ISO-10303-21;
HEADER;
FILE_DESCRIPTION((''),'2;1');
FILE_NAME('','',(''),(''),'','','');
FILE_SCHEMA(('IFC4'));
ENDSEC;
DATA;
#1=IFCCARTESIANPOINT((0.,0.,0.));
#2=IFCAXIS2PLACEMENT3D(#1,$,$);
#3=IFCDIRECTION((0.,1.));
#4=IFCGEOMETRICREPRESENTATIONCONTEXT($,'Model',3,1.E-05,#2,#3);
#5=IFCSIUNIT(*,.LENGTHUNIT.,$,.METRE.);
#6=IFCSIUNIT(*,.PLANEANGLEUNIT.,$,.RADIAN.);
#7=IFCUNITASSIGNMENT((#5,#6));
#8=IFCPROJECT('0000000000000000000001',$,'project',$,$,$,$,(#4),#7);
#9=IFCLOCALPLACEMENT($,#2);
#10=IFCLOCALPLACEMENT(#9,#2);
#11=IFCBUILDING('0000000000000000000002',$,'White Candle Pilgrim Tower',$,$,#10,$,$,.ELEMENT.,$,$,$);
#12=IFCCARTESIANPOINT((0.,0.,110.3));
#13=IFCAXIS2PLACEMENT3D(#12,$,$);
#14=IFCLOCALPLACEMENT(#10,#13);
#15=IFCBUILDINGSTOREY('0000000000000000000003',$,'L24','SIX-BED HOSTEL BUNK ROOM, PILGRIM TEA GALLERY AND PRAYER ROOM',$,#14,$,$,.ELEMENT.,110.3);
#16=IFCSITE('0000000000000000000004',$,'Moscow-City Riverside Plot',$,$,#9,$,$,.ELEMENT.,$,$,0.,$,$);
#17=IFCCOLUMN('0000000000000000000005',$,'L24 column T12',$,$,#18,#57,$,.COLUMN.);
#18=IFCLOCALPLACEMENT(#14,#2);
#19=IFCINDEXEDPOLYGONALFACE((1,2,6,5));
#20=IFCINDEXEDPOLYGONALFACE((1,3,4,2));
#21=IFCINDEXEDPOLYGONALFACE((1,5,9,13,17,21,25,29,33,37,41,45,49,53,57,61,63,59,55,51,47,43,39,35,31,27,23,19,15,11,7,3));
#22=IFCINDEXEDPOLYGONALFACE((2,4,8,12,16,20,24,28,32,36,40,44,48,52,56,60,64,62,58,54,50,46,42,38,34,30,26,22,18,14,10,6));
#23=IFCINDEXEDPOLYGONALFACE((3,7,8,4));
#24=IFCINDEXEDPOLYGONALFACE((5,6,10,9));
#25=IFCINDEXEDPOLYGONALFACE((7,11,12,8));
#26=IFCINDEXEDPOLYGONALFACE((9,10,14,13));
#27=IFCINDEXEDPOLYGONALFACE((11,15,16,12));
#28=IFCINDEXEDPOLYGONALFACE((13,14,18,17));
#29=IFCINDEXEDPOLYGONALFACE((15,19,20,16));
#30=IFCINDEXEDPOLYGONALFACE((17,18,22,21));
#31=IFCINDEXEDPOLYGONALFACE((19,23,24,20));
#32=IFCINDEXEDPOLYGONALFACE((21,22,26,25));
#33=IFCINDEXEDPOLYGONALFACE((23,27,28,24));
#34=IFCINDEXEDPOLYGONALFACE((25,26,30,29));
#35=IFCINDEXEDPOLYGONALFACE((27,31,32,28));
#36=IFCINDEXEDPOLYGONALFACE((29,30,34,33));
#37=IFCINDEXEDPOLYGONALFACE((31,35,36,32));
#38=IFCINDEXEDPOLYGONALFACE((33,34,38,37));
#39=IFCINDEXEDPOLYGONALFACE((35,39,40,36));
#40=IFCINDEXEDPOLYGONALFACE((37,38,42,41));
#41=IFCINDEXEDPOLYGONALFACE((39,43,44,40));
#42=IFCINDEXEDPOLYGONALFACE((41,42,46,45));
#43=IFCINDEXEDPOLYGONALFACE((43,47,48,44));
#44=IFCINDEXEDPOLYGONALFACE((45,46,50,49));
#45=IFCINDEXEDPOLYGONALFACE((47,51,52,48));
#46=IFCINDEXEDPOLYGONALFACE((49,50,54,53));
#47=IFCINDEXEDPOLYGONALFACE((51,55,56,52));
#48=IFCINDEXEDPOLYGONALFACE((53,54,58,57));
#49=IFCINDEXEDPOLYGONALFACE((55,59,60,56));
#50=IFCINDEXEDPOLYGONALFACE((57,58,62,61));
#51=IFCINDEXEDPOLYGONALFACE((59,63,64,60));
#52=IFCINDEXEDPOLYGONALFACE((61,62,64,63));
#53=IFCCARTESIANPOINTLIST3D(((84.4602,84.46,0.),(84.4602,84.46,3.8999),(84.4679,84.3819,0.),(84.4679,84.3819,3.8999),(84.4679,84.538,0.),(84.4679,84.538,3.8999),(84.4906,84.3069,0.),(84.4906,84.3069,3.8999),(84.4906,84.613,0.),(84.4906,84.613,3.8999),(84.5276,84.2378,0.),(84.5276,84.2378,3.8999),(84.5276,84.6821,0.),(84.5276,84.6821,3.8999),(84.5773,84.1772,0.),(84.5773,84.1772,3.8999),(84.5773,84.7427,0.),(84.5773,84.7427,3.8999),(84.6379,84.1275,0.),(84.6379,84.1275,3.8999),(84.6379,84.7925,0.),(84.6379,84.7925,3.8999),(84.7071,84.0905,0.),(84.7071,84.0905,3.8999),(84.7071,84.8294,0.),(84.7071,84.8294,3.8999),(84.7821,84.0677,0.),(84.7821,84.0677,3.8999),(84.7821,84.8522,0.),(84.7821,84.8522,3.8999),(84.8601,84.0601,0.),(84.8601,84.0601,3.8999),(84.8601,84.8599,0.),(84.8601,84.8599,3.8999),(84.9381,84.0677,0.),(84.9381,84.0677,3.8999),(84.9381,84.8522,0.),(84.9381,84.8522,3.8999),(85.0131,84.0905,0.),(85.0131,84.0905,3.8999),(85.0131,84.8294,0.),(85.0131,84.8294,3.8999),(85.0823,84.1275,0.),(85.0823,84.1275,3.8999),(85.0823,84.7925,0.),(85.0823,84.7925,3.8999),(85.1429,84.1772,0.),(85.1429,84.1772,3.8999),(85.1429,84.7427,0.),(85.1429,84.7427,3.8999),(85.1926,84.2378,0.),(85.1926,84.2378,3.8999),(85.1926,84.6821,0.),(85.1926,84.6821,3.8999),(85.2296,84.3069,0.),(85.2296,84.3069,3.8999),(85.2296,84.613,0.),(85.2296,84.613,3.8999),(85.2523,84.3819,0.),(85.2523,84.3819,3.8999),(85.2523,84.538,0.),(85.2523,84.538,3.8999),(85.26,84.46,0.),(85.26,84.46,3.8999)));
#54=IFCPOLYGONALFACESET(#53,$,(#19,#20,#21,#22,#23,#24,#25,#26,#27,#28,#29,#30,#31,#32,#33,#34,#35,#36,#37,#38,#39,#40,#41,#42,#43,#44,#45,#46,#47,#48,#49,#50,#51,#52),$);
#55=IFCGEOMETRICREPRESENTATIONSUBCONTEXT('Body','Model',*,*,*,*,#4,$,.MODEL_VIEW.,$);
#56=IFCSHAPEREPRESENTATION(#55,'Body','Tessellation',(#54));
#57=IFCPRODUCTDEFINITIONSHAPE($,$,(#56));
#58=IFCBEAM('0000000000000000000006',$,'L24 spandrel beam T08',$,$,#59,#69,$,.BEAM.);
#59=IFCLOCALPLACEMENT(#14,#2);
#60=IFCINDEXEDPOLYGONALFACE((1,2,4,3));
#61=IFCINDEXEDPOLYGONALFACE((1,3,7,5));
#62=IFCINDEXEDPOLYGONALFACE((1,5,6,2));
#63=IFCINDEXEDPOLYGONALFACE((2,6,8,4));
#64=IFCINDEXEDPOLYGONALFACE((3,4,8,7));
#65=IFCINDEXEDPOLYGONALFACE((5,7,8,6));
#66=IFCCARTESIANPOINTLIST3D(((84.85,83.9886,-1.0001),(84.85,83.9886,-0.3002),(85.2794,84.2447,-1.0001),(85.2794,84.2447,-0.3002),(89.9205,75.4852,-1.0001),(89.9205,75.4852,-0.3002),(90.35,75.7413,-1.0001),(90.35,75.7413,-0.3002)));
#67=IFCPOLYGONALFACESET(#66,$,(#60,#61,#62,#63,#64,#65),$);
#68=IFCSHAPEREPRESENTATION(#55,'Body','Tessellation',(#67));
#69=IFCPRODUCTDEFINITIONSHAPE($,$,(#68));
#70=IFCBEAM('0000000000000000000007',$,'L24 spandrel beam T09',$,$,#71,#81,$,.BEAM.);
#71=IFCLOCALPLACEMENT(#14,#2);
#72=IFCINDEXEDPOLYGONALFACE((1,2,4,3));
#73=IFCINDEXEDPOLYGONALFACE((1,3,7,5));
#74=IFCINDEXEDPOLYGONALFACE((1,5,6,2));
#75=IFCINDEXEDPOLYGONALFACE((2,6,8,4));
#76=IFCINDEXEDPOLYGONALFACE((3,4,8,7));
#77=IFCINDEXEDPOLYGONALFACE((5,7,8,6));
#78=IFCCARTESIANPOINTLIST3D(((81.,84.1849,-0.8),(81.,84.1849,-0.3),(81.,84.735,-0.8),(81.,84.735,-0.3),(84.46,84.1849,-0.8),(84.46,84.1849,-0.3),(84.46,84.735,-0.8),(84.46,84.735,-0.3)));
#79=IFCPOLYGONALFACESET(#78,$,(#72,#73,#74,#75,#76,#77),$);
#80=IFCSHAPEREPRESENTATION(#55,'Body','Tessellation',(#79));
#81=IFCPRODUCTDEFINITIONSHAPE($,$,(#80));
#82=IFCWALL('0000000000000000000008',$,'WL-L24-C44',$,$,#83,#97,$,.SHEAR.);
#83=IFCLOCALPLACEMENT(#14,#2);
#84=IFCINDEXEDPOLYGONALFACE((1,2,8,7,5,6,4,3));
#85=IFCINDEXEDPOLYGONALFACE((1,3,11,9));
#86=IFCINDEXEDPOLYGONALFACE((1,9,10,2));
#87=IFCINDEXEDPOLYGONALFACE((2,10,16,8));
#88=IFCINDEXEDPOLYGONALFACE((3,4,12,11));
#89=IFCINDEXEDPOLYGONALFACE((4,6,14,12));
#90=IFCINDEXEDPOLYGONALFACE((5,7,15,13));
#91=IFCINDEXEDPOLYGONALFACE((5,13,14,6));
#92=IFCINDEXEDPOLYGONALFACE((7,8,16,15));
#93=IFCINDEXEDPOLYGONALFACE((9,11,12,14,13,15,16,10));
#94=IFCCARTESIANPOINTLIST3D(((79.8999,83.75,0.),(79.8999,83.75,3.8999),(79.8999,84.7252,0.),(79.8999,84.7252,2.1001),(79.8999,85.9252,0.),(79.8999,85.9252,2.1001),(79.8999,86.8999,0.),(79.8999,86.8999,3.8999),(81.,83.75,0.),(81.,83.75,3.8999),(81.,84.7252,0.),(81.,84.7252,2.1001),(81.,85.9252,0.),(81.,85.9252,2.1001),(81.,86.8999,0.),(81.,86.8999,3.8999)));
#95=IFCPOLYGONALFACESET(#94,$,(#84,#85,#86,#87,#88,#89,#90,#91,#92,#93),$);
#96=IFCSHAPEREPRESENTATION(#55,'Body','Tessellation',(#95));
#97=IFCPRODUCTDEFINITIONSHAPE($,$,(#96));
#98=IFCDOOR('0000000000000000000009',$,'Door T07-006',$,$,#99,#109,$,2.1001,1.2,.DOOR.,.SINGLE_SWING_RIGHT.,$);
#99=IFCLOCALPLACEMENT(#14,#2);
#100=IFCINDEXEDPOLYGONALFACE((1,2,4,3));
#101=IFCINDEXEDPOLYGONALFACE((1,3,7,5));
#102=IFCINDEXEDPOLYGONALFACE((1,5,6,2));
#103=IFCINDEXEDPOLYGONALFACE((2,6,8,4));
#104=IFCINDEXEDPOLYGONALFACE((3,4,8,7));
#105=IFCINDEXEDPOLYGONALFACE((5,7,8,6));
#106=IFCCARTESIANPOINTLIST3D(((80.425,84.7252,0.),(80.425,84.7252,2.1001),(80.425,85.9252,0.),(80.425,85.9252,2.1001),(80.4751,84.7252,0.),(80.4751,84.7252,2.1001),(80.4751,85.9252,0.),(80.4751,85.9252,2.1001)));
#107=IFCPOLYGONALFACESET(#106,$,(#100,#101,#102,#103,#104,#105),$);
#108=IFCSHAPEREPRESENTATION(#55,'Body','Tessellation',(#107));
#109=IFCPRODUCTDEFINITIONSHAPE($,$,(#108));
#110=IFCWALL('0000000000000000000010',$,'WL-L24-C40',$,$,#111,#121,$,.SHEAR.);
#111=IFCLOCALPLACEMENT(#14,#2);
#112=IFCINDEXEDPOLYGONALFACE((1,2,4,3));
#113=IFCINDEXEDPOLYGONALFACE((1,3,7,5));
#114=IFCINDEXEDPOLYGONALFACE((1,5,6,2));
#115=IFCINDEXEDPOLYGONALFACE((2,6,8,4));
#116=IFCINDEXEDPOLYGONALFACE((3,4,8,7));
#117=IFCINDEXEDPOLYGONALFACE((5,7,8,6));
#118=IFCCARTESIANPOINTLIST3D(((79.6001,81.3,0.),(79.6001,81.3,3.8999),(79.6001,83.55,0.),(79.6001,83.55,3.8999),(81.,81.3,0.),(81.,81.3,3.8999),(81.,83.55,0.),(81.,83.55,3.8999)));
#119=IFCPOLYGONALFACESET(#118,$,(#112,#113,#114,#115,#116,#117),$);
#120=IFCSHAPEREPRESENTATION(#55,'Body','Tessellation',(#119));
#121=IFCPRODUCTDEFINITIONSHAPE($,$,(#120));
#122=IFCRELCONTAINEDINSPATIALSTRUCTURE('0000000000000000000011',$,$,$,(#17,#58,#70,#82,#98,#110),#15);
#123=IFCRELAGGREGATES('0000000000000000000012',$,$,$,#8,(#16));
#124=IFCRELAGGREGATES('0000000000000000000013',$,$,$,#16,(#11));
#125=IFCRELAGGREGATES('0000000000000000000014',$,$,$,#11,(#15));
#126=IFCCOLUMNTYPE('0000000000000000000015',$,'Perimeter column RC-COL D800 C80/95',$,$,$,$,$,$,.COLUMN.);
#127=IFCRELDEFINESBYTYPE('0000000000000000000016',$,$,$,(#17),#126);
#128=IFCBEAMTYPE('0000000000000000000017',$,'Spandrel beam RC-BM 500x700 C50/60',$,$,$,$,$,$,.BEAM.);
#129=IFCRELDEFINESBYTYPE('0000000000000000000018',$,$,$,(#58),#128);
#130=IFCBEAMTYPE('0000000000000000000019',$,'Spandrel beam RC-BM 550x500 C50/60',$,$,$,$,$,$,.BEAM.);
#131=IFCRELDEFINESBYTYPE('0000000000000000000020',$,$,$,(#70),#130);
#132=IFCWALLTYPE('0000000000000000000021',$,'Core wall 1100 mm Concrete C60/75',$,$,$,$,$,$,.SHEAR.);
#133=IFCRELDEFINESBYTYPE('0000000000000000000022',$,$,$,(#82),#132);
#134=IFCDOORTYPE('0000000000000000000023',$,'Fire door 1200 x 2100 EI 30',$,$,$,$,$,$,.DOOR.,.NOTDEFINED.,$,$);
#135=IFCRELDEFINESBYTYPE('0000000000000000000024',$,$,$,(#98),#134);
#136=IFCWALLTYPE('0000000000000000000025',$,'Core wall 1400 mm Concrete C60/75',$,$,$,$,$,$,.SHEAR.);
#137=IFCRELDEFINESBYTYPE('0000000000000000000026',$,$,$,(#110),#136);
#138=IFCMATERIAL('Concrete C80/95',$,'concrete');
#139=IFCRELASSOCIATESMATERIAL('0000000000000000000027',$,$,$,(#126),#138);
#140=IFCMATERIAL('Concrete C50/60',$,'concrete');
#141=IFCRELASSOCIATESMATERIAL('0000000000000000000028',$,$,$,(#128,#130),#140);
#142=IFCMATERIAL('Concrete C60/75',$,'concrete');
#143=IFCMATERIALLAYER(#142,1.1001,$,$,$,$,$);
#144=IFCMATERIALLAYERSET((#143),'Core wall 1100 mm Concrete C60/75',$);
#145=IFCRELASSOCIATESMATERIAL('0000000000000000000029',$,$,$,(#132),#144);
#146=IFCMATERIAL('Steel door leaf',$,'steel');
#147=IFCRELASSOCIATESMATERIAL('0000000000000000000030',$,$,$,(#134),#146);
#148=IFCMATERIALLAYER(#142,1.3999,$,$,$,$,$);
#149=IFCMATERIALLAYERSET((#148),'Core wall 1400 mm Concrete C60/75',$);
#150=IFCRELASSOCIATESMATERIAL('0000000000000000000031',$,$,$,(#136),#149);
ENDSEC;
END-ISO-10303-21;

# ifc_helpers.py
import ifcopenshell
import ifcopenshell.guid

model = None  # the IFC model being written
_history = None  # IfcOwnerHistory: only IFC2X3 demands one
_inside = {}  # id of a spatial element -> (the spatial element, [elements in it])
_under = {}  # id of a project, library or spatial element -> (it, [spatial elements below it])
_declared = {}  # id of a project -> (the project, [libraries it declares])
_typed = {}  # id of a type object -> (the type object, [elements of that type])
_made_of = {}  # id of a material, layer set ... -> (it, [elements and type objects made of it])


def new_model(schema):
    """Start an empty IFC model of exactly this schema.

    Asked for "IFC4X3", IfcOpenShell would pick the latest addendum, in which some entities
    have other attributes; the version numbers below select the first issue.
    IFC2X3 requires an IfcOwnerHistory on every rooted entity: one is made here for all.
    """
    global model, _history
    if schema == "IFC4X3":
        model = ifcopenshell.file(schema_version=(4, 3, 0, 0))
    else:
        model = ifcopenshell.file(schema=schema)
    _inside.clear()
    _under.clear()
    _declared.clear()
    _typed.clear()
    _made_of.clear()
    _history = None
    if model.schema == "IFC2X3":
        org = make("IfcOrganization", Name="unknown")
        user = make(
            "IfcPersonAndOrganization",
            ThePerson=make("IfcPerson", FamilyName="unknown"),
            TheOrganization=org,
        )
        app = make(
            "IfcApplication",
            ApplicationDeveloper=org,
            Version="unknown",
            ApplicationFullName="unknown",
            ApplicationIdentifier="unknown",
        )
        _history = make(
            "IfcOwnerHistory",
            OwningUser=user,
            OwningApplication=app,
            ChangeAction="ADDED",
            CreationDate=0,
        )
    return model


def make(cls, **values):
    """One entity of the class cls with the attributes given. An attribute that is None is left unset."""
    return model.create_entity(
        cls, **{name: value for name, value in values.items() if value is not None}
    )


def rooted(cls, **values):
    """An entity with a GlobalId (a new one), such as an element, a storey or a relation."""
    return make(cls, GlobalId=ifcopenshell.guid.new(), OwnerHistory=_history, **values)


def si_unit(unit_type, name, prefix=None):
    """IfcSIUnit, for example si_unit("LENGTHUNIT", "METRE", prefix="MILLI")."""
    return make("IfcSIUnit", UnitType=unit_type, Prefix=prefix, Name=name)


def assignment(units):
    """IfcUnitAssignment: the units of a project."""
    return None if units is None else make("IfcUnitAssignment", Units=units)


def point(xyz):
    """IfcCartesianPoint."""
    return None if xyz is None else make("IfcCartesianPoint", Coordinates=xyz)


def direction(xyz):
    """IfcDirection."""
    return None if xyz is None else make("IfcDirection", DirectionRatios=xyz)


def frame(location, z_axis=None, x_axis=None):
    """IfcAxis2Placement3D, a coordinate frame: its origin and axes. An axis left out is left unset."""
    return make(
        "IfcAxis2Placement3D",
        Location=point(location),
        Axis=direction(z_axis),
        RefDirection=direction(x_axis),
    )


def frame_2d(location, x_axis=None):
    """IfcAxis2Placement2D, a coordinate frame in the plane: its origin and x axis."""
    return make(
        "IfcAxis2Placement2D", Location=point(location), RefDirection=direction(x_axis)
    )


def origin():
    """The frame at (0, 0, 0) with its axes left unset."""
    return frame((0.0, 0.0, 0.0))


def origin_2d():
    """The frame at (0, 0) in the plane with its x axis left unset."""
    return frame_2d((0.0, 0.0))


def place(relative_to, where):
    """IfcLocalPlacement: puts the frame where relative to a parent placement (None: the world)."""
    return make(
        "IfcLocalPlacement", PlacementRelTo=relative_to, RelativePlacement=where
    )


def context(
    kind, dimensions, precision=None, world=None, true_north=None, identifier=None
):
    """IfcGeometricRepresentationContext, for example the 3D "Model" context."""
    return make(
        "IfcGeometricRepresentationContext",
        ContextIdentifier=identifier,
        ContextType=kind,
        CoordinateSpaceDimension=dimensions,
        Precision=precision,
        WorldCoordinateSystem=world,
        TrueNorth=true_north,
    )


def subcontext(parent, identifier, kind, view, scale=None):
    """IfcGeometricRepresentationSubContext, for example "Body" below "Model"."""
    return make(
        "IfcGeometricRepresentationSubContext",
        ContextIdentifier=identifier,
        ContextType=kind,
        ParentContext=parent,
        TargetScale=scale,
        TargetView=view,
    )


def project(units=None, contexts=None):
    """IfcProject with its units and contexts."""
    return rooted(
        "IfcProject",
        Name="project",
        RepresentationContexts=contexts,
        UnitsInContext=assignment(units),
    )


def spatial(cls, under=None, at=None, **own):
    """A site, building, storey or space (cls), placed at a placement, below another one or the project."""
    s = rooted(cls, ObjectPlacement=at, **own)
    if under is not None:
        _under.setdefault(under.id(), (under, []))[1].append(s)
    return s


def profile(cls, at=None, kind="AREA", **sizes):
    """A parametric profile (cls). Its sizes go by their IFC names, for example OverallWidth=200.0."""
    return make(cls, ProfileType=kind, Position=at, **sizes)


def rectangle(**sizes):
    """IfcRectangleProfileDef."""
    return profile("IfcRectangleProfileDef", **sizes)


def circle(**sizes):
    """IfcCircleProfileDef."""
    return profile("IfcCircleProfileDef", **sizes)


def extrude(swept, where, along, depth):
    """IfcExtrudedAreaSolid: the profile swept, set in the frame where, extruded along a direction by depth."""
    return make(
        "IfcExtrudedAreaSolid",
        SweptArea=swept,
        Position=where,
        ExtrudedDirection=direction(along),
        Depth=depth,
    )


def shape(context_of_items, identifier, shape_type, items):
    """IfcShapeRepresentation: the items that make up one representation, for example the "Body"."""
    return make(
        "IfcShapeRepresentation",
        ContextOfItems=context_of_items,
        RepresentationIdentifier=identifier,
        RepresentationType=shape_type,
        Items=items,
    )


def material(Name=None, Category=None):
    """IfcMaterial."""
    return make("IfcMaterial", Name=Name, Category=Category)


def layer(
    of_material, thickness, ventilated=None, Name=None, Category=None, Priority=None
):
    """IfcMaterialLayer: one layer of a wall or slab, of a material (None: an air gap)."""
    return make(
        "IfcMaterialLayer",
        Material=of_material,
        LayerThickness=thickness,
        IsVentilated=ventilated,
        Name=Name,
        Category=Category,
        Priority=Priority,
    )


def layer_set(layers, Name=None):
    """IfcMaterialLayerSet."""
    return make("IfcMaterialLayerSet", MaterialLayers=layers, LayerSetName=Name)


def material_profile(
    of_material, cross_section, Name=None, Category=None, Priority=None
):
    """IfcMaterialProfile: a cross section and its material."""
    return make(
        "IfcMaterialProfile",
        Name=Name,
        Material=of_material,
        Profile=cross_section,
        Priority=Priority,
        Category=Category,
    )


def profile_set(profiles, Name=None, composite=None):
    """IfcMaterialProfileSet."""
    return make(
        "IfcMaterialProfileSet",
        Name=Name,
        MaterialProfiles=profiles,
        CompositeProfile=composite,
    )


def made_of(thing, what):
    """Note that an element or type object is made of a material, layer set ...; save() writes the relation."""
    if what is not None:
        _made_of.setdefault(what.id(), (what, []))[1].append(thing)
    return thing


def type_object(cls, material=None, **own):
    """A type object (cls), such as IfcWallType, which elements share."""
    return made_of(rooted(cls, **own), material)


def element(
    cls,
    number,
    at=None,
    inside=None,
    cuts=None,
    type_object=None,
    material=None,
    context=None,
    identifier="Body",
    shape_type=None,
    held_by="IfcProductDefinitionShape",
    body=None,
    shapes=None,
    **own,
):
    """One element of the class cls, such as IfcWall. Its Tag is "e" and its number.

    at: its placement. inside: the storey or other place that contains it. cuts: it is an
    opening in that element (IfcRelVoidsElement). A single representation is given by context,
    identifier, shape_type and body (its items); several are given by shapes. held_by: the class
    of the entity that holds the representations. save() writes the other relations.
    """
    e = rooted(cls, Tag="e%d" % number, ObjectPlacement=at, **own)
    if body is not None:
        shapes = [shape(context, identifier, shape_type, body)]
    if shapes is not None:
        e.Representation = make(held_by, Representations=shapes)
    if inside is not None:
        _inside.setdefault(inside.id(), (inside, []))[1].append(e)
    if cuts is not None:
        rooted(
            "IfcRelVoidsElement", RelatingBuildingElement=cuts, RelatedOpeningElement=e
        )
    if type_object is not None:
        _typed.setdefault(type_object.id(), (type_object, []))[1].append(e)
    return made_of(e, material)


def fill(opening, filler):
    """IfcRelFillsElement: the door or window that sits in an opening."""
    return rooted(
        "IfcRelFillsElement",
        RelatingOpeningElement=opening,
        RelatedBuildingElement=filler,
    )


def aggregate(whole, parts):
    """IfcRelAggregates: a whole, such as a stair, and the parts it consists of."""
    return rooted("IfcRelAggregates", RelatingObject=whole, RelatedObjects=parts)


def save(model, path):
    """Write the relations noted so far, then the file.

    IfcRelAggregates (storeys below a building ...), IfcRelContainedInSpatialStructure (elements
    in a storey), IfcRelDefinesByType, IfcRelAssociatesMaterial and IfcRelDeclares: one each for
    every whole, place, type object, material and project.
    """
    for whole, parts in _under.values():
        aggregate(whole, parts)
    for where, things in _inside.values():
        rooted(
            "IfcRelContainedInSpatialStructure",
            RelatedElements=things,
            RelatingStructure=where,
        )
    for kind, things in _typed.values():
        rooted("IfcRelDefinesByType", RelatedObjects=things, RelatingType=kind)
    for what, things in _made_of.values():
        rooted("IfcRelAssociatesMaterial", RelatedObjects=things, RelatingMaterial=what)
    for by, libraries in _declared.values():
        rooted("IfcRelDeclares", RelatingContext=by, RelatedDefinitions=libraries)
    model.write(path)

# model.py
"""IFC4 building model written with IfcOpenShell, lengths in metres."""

from ifc_helpers import new_model, si_unit, direction, frame, frame_2d, origin, origin_2d, place, context, subcontext, project, spatial, rectangle, circle, extrude, material, layer, layer_set, material_profile, profile_set, type_object, element, fill, save


model = new_model("IFC4")

# Units and contexts
model_context = context("Model", 3, precision=1e-05, world=origin(), true_north=direction((0.0, 1.0)))
body_context = subcontext(model_context, "Body", "Model", "MODEL_VIEW")
ifc_project = project(units=[si_unit("LENGTHUNIT", "METRE"), si_unit("PLANEANGLEUNIT", "RADIAN")], contexts=[model_context])

# Site, building, storey
site_placement = place(None, origin())
site = spatial("IfcSite", under=ifc_project, at=site_placement, Name="Moscow-City Riverside Plot", CompositionType="ELEMENT", RefElevation=0.0)
building_placement = place(site_placement, origin())
building = spatial("IfcBuilding", under=site, at=building_placement, Name="White Candle Pilgrim Tower", CompositionType="ELEMENT")
storey_placement = place(building_placement, frame((0.0, 0.0, 110.3)))
storey = spatial("IfcBuildingStorey", under=building, at=storey_placement, Name="L24", Description="SIX-BED HOSTEL BUNK ROOM, PILGRIM TEA GALLERY AND PRAYER ROOM", CompositionType="ELEMENT", Elevation=110.3)

# Column
ifc_material_1 = material(Name="Concrete C80/95", Category="concrete")
ifc_material_profile_1 = material_profile(ifc_material_1, circle(Radius=0.3999, at=origin_2d()), Name="RC-COL D800")
ifc_profile_set_1 = profile_set([ifc_material_profile_1], Name="Concrete C80/95")
column_type = type_object("IfcColumnType", Name="Perimeter column RC-COL D800 C80/95", PredefinedType="COLUMN", material=ifc_profile_set_1)
column_placement = place(storey_placement, frame((84.8601, 84.46, 0.0), z_axis=(0.0, 0.0, 1.0), x_axis=(1.0, 0.0, 0.0)))
element("IfcColumn", 1, at=column_placement, inside=storey, type_object=column_type, Name="L24 column T12", PredefinedType="COLUMN", context=body_context, shape_type="SweptSolid", body=[
    extrude(circle(Radius=0.3999, at=origin_2d()), origin(), (0.0, 0.0, 1.0), 3.8999),
])

# Beams
ifc_material_2 = material(Name="Concrete C50/60", Category="concrete")
ifc_material_profile_2 = material_profile(ifc_material_2, rectangle(XDim=0.5, YDim=0.7, at=origin_2d()), Name="RC-BM 500x700")
ifc_profile_set_2 = profile_set([ifc_material_profile_2], Name="Concrete C50/60")
beam_type_1 = type_object("IfcBeamType", Name="Spandrel beam RC-BM 500x700 C50/60", PredefinedType="BEAM", material=ifc_profile_set_2)
beam_1_placement = place(storey_placement, frame((90.1353, 75.6133, -0.6501), z_axis=(-0.512155, 0.858893, 0.0), x_axis=(-0.858893, -0.512155, 0.0)))
element("IfcBeam", 2, at=beam_1_placement, inside=storey, type_object=beam_type_1, Name="L24 spandrel beam T08", PredefinedType="BEAM", context=body_context, shape_type="SweptSolid", body=[
    extrude(rectangle(XDim=0.5, YDim=0.7, at=origin_2d()), origin(), (0.0, 0.0, 1.0), 9.9004),
])
ifc_material_profile_3 = material_profile(ifc_material_2, rectangle(XDim=0.55, YDim=0.5, at=origin_2d()), Name="RC-BM 550x500")
ifc_profile_set_3 = profile_set([ifc_material_profile_3], Name="Concrete C50/60")
beam_type_2 = type_object("IfcBeamType", Name="Spandrel beam RC-BM 550x500 C50/60", PredefinedType="BEAM", material=ifc_profile_set_3)
beam_2_placement = place(storey_placement, frame((84.46, 84.46, -0.55), z_axis=(-1.0, 0.0, 0.0), x_axis=(0.0, -1.0, 0.0)))
element("IfcBeam", 3, at=beam_2_placement, inside=storey, type_object=beam_type_2, Name="L24 spandrel beam T09", PredefinedType="BEAM", context=body_context, shape_type="SweptSolid", body=[
    extrude(rectangle(XDim=0.55, YDim=0.5, at=origin_2d()), origin(), (0.0, 0.0, 1.0), 3.46),
])

# Wall, opening, door
ifc_material_3 = material(Name="Concrete C60/75", Category="concrete")
ifc_layer_1 = layer(ifc_material_3, 1.1001)
ifc_layer_set_1 = layer_set([ifc_layer_1], Name="Core wall 1100 mm Concrete C60/75")
wall_type_1 = type_object("IfcWallType", Name="Core wall 1100 mm Concrete C60/75", PredefinedType="SHEAR", material=ifc_layer_set_1)
wall_1_placement = place(storey_placement, frame((80.45, 83.75, 0.0), z_axis=(0.0, 0.0, 1.0), x_axis=(0.0, 1.0, 0.0)))
wall_1 = element("IfcWall", 4, at=wall_1_placement, inside=storey, type_object=wall_type_1, Name="WL-L24-C44", PredefinedType="SHEAR", context=body_context, shape_type="SweptSolid", body=[
    extrude(rectangle(XDim=3.1499, YDim=1.1001, at=frame_2d((1.575, 0.0))), origin(), (0.0, 0.0, 1.0), 3.8999),
])
opening_1_placement = place(wall_1_placement, frame((0.9751, 0.0, 0.0)))
opening_1 = element("IfcOpeningElement", 5, at=opening_1_placement, cuts=wall_1, PredefinedType="OPENING", context=body_context, shape_type="SweptSolid", body=[
    extrude(rectangle(XDim=1.2, YDim=2.1001, at=frame_2d((0.6001, 1.05))), frame((0.0, 0.5601, 0.0), z_axis=(0.0, -1.0, 0.0), x_axis=(1.0, 0.0, 0.0)), (0.0, 0.0, 1.0), 1.1201),
])
ifc_material_4 = material(Name="Steel door leaf", Category="steel")
door_type_1 = type_object("IfcDoorType", Name="Fire door 1200 x 2100 EI 30", OperationType="NOTDEFINED", PredefinedType="DOOR", material=ifc_material_4)
door_1_placement = place(opening_1_placement, origin())
door_1 = element("IfcDoor", 6, at=door_1_placement, inside=storey, type_object=door_type_1, Name="Door T07-006", OperationType="SINGLE_SWING_RIGHT", OverallHeight=2.1001, OverallWidth=1.2, PredefinedType="DOOR", context=body_context, shape_type="SweptSolid", body=[
    extrude(rectangle(XDim=1.2, YDim=2.1001, at=frame_2d((0.6001, 1.05))), frame((0.0, 0.0249, 0.0), z_axis=(0.0, -1.0, 0.0), x_axis=(1.0, 0.0, 0.0)), (0.0, 0.0, 1.0), 0.05),
])
fill(opening_1, door_1)

# Wall
ifc_layer_2 = layer(ifc_material_3, 1.3999)
ifc_layer_set_2 = layer_set([ifc_layer_2], Name="Core wall 1400 mm Concrete C60/75")
wall_type_2 = type_object("IfcWallType", Name="Core wall 1400 mm Concrete C60/75", PredefinedType="SHEAR", material=ifc_layer_set_2)
wall_2_placement = place(storey_placement, frame((80.3, 81.3, 0.0), z_axis=(0.0, 0.0, 1.0), x_axis=(0.0, 1.0, 0.0)))
element("IfcWall", 7, at=wall_2_placement, inside=storey, type_object=wall_type_2, Name="WL-L24-C40", PredefinedType="SHEAR", context=body_context, shape_type="SweptSolid", body=[
    extrude(rectangle(XDim=2.25, YDim=1.3999, at=frame_2d((1.125, 0.0))), origin(), (0.0, 0.0, 1.0), 3.8999),
])

save(model, "model.ifc")
